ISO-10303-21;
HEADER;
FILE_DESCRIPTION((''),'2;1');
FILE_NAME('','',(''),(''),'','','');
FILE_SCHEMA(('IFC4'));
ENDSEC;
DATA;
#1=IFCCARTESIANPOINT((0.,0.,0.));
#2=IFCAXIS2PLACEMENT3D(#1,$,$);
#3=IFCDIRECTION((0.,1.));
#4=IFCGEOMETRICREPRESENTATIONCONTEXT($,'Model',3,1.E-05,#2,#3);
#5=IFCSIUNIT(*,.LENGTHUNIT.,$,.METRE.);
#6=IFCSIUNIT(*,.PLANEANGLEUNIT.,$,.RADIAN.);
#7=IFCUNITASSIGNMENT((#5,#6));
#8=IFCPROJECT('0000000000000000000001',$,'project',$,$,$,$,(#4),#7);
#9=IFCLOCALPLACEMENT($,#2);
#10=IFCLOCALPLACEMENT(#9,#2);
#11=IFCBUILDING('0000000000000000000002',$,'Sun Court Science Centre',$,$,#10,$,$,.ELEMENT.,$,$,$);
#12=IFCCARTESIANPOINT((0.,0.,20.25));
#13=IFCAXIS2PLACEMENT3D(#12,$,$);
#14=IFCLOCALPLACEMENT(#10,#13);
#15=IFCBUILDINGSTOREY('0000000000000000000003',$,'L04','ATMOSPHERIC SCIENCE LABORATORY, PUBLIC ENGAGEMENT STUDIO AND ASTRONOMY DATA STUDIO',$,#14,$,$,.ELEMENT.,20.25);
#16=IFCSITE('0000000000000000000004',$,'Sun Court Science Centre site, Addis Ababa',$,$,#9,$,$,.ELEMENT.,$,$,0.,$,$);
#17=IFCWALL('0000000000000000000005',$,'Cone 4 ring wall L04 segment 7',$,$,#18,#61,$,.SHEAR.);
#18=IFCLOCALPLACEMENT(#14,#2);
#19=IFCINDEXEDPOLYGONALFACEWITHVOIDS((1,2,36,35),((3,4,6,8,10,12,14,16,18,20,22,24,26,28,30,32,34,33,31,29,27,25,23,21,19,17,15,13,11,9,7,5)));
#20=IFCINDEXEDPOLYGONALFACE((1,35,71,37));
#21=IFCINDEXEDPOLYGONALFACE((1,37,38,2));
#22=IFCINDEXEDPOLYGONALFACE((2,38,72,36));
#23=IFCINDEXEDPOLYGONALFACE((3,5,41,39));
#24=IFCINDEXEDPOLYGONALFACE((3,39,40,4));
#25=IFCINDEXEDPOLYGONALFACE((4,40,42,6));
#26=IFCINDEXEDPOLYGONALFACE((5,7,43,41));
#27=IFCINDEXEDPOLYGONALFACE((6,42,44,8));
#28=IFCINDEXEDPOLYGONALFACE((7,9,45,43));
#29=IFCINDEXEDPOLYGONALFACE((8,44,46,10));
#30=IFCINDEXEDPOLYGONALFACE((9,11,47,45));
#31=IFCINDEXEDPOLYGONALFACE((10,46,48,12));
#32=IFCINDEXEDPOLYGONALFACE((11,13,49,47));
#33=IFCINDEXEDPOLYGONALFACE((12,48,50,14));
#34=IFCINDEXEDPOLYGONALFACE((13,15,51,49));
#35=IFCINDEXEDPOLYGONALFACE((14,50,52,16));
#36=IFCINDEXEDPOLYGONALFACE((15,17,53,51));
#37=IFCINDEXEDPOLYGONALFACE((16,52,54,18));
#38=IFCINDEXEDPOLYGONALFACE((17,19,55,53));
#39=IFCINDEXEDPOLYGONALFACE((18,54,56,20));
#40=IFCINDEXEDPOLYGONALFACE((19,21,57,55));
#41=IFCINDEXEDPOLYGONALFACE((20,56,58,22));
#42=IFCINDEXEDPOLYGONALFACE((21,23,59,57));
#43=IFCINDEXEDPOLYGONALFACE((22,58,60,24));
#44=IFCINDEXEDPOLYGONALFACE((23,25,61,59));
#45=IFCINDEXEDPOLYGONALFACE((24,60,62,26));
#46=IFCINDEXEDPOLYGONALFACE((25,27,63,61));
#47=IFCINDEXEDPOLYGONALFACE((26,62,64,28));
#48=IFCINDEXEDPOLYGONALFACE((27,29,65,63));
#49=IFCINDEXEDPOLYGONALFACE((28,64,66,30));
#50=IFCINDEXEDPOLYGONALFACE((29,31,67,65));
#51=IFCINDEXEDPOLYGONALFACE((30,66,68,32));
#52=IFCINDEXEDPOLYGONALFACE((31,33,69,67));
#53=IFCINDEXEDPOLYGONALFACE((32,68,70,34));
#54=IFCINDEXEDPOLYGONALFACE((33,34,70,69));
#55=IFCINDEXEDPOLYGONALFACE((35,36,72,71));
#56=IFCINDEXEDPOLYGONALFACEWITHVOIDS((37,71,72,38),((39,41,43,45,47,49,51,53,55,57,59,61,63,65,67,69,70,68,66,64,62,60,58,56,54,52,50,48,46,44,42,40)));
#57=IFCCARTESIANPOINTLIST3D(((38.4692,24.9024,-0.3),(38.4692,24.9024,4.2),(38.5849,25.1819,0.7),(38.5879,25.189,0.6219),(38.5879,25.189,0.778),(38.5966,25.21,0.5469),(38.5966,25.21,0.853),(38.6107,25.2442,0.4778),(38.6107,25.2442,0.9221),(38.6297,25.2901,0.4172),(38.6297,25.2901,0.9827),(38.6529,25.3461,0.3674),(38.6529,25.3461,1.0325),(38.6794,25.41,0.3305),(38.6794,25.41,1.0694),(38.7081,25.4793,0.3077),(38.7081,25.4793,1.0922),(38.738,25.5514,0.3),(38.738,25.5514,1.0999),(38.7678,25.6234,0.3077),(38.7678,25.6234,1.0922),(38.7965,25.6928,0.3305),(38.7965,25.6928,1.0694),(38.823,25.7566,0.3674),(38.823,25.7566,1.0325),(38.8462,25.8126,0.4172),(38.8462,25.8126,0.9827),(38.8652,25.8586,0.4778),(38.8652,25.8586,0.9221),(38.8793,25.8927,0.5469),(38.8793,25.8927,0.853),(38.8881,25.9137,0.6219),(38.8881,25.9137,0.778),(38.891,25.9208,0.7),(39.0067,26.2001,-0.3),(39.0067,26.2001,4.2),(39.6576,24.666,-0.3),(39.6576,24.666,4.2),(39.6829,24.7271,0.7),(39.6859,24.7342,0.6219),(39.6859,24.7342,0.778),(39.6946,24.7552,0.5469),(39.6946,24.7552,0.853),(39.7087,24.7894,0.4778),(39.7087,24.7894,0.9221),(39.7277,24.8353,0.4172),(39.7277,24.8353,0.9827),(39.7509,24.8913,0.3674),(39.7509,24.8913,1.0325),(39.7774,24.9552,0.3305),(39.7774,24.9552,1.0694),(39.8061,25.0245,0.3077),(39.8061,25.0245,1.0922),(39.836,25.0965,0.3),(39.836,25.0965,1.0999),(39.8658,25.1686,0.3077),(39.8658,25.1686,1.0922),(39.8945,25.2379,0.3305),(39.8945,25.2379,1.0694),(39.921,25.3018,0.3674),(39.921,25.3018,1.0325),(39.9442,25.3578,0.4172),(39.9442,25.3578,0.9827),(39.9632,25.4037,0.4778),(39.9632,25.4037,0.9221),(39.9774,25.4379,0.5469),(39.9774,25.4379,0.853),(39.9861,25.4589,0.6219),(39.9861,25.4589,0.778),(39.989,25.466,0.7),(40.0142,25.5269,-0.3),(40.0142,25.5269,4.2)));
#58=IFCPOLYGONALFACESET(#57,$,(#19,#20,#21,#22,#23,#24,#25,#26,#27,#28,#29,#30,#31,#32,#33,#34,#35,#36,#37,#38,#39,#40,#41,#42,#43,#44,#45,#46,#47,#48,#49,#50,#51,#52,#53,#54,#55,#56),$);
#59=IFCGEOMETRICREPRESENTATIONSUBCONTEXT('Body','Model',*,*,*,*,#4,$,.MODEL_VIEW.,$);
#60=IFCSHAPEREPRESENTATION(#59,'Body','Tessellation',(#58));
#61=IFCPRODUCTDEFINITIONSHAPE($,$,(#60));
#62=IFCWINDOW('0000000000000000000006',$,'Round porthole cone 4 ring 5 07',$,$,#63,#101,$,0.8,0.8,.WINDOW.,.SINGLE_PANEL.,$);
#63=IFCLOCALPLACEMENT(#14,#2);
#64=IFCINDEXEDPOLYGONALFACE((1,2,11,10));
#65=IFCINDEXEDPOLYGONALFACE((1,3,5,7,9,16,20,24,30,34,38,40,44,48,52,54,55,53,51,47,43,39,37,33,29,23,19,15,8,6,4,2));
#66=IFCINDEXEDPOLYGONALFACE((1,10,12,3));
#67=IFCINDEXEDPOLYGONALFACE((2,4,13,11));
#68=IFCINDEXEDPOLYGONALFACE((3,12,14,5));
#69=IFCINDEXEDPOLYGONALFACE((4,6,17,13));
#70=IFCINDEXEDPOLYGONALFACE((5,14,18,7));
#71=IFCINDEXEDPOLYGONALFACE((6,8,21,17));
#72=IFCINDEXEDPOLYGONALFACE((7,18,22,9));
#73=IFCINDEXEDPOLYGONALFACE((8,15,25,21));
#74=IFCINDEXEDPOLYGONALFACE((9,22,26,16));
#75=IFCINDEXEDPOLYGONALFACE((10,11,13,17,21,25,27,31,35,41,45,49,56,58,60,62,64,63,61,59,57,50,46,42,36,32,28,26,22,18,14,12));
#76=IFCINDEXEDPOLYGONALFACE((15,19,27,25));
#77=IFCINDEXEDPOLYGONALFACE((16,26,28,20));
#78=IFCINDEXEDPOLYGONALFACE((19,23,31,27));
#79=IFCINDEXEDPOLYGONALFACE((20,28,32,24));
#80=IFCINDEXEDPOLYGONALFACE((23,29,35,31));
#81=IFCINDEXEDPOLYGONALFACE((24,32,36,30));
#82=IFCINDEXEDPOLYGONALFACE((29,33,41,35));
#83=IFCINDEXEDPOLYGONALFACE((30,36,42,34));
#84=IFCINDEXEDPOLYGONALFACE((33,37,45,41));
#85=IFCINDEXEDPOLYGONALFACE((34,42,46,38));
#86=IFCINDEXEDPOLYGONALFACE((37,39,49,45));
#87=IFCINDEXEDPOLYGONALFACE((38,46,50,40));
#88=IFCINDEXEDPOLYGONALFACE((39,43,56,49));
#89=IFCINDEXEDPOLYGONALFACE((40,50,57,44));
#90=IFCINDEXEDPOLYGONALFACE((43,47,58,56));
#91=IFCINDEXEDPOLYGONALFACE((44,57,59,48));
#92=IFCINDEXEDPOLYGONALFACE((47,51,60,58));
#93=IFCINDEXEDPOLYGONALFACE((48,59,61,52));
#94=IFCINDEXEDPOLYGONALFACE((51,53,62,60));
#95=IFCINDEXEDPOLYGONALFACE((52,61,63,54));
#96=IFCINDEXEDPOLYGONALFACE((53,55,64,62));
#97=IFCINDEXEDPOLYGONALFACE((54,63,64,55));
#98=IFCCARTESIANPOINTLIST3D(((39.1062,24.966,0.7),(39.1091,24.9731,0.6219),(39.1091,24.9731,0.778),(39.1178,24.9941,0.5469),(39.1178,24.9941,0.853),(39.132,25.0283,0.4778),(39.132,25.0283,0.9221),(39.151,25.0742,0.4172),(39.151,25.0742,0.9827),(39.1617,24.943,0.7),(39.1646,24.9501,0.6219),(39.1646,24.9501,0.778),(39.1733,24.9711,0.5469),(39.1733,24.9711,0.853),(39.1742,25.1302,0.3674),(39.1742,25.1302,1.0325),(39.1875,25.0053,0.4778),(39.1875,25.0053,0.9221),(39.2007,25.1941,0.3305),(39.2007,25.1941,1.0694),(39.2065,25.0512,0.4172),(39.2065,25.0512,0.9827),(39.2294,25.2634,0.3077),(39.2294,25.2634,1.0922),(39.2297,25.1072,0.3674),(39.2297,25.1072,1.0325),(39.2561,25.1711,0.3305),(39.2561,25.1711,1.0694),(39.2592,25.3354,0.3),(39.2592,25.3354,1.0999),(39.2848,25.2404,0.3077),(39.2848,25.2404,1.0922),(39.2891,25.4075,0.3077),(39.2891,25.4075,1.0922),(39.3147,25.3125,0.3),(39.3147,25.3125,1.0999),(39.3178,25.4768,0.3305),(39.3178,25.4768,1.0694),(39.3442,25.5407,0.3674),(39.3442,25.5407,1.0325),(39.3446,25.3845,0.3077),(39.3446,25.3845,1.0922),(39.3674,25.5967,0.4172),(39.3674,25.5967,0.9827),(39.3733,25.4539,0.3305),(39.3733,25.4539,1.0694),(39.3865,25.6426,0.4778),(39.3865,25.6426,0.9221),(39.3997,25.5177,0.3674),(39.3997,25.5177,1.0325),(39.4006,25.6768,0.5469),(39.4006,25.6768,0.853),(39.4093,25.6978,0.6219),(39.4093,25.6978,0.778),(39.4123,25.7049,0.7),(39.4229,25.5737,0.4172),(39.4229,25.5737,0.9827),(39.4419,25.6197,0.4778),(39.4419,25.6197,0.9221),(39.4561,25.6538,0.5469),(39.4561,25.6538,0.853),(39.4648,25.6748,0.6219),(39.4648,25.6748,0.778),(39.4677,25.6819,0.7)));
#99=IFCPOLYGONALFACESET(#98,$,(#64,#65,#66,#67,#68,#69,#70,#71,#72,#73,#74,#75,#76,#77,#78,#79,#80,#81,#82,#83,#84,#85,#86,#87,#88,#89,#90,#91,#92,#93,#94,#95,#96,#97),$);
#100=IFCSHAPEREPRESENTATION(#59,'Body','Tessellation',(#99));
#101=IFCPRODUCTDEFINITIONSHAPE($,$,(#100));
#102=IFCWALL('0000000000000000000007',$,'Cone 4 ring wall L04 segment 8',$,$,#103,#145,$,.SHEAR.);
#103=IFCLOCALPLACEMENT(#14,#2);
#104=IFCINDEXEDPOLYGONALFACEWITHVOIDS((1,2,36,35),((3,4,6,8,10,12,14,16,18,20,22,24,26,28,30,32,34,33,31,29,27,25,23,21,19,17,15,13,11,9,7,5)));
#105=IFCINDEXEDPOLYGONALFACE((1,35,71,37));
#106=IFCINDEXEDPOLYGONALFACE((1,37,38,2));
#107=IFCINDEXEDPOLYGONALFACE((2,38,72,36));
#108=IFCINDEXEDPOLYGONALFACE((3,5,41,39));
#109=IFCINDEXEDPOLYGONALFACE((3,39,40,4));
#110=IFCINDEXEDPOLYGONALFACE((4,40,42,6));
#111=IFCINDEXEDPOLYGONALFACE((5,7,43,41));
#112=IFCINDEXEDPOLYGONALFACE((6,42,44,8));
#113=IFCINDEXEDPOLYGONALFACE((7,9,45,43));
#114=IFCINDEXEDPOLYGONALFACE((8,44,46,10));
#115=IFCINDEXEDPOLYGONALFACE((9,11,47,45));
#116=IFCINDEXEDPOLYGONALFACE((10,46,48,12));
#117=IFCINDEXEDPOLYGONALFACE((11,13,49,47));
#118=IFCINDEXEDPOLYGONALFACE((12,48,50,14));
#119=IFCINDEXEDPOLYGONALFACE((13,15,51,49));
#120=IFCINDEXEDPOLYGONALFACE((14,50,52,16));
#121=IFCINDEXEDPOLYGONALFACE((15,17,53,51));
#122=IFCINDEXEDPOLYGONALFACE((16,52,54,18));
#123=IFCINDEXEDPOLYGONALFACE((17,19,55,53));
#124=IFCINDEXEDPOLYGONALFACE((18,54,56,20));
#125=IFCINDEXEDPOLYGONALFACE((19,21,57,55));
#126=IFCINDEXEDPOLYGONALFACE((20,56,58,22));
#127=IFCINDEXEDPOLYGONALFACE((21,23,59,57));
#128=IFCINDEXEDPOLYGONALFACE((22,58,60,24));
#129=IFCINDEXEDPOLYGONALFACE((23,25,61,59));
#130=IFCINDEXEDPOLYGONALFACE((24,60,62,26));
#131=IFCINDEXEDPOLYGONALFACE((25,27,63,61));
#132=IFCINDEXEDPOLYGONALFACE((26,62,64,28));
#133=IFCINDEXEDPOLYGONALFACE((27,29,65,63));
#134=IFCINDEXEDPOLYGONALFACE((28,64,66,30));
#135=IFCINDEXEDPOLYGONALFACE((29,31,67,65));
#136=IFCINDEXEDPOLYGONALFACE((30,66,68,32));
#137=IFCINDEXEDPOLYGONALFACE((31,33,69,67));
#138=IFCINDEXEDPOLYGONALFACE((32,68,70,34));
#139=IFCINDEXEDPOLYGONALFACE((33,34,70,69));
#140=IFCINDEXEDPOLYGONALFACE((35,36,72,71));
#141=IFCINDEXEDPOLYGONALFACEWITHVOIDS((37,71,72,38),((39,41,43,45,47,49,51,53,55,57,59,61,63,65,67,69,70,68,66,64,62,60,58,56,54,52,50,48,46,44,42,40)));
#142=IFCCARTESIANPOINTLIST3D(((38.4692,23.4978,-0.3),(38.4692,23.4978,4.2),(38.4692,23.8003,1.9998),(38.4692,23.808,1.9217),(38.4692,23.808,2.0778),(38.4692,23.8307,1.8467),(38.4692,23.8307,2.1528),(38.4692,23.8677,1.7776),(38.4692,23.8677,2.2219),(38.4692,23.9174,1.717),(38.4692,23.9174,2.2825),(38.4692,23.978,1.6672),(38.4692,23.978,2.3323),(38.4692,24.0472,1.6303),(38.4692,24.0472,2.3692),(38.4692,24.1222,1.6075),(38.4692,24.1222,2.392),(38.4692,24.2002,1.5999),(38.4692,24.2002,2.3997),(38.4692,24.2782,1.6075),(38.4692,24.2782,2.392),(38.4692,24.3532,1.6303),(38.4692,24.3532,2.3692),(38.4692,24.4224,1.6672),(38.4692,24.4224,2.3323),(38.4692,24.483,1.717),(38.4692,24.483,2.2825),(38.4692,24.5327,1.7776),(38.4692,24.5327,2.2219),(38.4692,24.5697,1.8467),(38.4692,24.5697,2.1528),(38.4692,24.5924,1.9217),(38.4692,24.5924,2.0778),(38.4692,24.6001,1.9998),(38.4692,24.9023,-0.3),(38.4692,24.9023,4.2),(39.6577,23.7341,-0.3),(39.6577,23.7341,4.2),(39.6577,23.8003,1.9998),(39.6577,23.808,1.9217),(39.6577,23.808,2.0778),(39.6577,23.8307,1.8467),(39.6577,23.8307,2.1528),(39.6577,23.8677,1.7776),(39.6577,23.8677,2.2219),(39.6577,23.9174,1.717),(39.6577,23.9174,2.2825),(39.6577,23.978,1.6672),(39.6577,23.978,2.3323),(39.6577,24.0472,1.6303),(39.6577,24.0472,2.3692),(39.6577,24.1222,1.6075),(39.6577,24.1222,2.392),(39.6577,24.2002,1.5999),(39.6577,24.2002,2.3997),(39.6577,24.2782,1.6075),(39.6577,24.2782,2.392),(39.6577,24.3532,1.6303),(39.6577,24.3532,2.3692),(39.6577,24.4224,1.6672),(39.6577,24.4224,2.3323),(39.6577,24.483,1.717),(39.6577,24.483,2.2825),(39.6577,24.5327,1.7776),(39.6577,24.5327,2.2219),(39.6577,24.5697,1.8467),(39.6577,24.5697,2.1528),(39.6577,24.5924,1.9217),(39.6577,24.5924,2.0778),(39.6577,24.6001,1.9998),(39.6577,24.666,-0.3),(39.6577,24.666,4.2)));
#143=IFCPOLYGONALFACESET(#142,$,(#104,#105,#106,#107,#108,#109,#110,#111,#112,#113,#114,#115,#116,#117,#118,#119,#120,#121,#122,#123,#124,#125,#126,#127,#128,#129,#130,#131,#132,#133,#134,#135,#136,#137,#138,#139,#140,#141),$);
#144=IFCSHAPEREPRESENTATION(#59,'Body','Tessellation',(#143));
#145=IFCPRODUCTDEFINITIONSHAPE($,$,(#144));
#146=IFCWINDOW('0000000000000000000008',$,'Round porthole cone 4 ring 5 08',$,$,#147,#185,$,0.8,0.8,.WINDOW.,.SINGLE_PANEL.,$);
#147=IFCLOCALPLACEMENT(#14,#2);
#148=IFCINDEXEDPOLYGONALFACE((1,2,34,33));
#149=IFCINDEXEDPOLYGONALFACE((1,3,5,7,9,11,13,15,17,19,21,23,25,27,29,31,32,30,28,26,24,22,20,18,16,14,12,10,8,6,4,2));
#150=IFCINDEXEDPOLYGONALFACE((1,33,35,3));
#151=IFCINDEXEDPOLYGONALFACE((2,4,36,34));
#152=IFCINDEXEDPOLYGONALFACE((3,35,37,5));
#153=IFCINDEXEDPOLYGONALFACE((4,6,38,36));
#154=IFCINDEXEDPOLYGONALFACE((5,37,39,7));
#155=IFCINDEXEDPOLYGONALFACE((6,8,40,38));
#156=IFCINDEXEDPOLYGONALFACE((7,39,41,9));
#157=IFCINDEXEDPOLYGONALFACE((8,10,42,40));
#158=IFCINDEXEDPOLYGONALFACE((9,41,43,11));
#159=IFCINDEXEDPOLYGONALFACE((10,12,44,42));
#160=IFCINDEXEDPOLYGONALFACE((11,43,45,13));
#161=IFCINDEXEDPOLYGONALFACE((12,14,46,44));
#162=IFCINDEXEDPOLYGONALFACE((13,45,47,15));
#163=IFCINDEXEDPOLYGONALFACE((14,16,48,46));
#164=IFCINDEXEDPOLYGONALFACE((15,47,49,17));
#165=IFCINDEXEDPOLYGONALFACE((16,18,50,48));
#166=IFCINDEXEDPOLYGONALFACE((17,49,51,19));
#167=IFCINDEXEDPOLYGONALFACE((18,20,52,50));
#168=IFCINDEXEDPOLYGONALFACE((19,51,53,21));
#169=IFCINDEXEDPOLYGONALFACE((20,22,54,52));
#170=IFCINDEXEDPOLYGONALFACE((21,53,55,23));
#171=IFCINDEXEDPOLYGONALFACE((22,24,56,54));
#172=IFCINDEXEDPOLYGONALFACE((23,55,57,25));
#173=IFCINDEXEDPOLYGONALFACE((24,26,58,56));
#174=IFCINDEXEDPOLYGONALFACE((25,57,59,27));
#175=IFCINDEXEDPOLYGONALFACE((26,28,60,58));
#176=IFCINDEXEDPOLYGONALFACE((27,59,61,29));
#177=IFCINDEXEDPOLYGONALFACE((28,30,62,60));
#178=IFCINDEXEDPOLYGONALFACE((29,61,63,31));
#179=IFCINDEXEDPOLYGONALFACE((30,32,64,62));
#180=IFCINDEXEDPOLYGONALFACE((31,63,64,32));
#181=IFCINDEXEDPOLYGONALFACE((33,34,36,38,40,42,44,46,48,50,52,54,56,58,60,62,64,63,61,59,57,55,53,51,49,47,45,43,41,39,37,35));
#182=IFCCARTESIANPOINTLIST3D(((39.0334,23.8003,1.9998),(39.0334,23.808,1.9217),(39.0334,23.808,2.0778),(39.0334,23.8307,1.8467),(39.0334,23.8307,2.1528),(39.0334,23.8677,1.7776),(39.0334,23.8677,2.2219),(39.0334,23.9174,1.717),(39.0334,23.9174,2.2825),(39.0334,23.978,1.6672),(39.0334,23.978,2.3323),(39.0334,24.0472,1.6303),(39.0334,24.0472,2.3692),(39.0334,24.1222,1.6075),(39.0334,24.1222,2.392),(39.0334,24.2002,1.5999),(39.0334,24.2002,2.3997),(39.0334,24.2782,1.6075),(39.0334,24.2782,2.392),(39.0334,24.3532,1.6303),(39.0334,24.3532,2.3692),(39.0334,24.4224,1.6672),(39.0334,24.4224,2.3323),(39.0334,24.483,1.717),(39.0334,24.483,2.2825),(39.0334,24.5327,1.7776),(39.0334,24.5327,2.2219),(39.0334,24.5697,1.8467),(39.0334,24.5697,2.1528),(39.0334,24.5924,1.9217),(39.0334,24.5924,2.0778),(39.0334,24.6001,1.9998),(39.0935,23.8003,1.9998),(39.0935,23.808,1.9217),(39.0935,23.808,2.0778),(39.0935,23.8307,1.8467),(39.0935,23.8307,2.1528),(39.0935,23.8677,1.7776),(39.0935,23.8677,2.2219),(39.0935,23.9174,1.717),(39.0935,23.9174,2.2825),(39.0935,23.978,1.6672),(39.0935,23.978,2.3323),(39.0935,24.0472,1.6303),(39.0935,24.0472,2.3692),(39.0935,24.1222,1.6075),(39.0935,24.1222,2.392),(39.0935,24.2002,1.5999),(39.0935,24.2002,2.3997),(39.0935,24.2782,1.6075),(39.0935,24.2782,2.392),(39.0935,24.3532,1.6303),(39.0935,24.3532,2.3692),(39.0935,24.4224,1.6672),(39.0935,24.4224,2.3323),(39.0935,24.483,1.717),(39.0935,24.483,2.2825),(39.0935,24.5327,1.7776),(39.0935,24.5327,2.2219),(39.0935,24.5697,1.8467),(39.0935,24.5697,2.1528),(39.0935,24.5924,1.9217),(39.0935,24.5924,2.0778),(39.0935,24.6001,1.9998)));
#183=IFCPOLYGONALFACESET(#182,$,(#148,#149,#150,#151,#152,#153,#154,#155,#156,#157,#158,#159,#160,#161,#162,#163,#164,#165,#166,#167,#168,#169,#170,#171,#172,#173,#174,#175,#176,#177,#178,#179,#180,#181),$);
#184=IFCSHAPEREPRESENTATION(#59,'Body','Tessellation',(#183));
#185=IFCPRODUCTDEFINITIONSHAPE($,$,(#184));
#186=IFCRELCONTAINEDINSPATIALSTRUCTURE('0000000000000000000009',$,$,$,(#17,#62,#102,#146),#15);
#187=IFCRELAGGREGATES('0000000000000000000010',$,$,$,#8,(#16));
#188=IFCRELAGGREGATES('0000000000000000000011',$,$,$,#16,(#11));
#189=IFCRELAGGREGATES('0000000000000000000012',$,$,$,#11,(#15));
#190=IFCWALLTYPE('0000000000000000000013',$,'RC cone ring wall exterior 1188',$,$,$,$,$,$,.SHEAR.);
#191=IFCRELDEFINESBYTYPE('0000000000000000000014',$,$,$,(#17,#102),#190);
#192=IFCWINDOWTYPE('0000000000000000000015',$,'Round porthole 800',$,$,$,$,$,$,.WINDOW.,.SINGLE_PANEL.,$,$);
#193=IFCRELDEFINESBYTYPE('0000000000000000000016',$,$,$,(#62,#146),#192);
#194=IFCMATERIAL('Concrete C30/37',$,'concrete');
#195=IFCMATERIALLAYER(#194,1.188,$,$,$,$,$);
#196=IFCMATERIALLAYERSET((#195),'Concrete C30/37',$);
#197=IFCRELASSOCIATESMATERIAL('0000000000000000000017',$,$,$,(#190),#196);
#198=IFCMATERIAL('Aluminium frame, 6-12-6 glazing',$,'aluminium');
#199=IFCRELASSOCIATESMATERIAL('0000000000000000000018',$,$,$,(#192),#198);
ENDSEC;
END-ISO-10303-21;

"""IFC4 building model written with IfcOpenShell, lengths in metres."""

from ifc_helpers import new_model, si_unit, direction, frame, frame_2d, origin, place, context, subcontext, project, spatial, polyline, circle, outline, extrude, material, layer, layer_set, type_object, element, fill, save


model = new_model("IFC4")

# Units and contexts
model_context = context("Model", 3, precision=1e-05, world=origin(), true_north=direction((0.0, 1.0)))
body_context = subcontext(model_context, "Body", "Model", "MODEL_VIEW")
ifc_project = project(units=[si_unit("LENGTHUNIT", "METRE"), si_unit("PLANEANGLEUNIT", "RADIAN")], contexts=[model_context])

# Site, building, storey
site_placement = place(None, origin())
site = spatial("IfcSite", under=ifc_project, at=site_placement, Name="Sun Court Science Centre site, Addis Ababa", CompositionType="ELEMENT", RefElevation=0.0)
building_placement = place(site_placement, origin())
building = spatial("IfcBuilding", under=site, at=building_placement, Name="Sun Court Science Centre", CompositionType="ELEMENT")
storey_placement = place(building_placement, frame((0.0, 0.0, 20.25)))
storey = spatial("IfcBuildingStorey", under=building, at=storey_placement, Name="L04", Description="ATMOSPHERIC SCIENCE LABORATORY, PUBLIC ENGAGEMENT STUDIO AND ASTRONOMY DATA STUDIO", CompositionType="ELEMENT", Elevation=20.25)

# Walls, openings, windows
ifc_material_1 = material(Name="Concrete C30/37", Category="concrete")
ifc_layer = layer(ifc_material_1, 1.188)
ifc_layer_set = layer_set([ifc_layer], Name="Concrete C30/37")
wall_type = type_object("IfcWallType", Name="RC cone ring wall exterior 1188", PredefinedType="SHEAR", material=ifc_layer_set)
ifc_material_2 = material(Name="Aluminium frame, 6-12-6 glazing", Category="aluminium")
window_type = type_object("IfcWindowType", Name="Round porthole 800", PartitioningType="SINGLE_PANEL", PredefinedType="WINDOW", material=ifc_material_2)
wall_1_placement = place(storey_placement, frame((39.5557, 25.9727, -0.3), z_axis=(0.0, 0.0, 1.0), x_axis=(-0.382689, -0.923877, 0.0)))
wall_1 = element("IfcWall", 1, at=wall_1_placement, inside=storey, type_object=wall_type, Name="Cone 4 ring wall L04 segment 7", PredefinedType="SHEAR", context=body_context, shape_type="SweptSolid", body=[
    extrude(outline(polyline([(0.0, -0.5942), (1.4045, -0.5942), (1.1682, 0.5942), (0.2363, 0.5942), (0.0, -0.5942)])), origin(), (0.0, 0.0, 1.0), 4.5),
])
opening_1_placement = place(wall_1_placement, frame((0.3022, 0.0, 0.6001)))
opening_1 = element("IfcOpeningElement", 2, at=opening_1_placement, cuts=wall_1, PredefinedType="OPENING", context=body_context, shape_type="SweptSolid", body=[
    extrude(circle(Radius=0.3999, at=frame_2d((0.3999, 0.3999))), frame((0.0, 0.6042, 0.0), z_axis=(0.0, -1.0, 0.0), x_axis=(1.0, 0.0, 0.0)), (0.0, 0.0, 1.0), 1.2085),
])
window_1_placement = place(opening_1_placement, origin())
window_1 = element("IfcWindow", 3, at=window_1_placement, inside=storey, type_object=window_type, Name="Round porthole cone 4 ring 5 07", OverallHeight=0.8, OverallWidth=0.8, PartitioningType="SINGLE_PANEL", PredefinedType="WINDOW", context=body_context, shape_type="SweptSolid", body=[
    extrude(circle(Radius=0.3999, at=frame_2d((0.3999, 0.3999))), frame((0.0, 0.03, 0.0), z_axis=(0.0, -1.0, 0.0), x_axis=(1.0, 0.0, 0.0)), (0.0, 0.0, 1.0), 0.0601),
])
fill(opening_1, window_1)
wall_2_placement = place(storey_placement, frame((39.0635, 24.9023, -0.3), z_axis=(0.0, 0.0, 1.0), x_axis=(0.0, -1.0, 0.0)))
wall_2 = element("IfcWall", 4, at=wall_2_placement, inside=storey, type_object=wall_type, Name="Cone 4 ring wall L04 segment 8", PredefinedType="SHEAR", context=body_context, shape_type="SweptSolid", body=[
    extrude(outline(polyline([(0.0, -0.5942), (1.4045, -0.5942), (1.1682, 0.5942), (0.2363, 0.5942), (0.0, -0.5942)])), origin(), (0.0, 0.0, 1.0), 4.5),
])
opening_2_placement = place(wall_2_placement, frame((0.3022, 0.0, 1.8999)))
opening_2 = element("IfcOpeningElement", 5, at=opening_2_placement, cuts=wall_2, PredefinedType="OPENING", context=body_context, shape_type="SweptSolid", body=[
    extrude(circle(Radius=0.3999, at=frame_2d((0.3999, 0.3999))), frame((0.0, 0.6042, 0.0), z_axis=(0.0, -1.0, 0.0), x_axis=(1.0, 0.0, 0.0)), (0.0, 0.0, 1.0), 1.2085),
])
window_2_placement = place(opening_2_placement, origin())
window_2 = element("IfcWindow", 6, at=window_2_placement, inside=storey, type_object=window_type, Name="Round porthole cone 4 ring 5 08", OverallHeight=0.8, OverallWidth=0.8, PartitioningType="SINGLE_PANEL", PredefinedType="WINDOW", context=body_context, shape_type="SweptSolid", body=[
    extrude(circle(Radius=0.3999, at=frame_2d((0.3999, 0.3999))), frame((0.0, 0.03, 0.0), z_axis=(0.0, -1.0, 0.0), x_axis=(1.0, 0.0, 0.0)), (0.0, 0.0, 1.0), 0.0601),
])
fill(opening_2, window_2)

save(model, "model.ifc")
